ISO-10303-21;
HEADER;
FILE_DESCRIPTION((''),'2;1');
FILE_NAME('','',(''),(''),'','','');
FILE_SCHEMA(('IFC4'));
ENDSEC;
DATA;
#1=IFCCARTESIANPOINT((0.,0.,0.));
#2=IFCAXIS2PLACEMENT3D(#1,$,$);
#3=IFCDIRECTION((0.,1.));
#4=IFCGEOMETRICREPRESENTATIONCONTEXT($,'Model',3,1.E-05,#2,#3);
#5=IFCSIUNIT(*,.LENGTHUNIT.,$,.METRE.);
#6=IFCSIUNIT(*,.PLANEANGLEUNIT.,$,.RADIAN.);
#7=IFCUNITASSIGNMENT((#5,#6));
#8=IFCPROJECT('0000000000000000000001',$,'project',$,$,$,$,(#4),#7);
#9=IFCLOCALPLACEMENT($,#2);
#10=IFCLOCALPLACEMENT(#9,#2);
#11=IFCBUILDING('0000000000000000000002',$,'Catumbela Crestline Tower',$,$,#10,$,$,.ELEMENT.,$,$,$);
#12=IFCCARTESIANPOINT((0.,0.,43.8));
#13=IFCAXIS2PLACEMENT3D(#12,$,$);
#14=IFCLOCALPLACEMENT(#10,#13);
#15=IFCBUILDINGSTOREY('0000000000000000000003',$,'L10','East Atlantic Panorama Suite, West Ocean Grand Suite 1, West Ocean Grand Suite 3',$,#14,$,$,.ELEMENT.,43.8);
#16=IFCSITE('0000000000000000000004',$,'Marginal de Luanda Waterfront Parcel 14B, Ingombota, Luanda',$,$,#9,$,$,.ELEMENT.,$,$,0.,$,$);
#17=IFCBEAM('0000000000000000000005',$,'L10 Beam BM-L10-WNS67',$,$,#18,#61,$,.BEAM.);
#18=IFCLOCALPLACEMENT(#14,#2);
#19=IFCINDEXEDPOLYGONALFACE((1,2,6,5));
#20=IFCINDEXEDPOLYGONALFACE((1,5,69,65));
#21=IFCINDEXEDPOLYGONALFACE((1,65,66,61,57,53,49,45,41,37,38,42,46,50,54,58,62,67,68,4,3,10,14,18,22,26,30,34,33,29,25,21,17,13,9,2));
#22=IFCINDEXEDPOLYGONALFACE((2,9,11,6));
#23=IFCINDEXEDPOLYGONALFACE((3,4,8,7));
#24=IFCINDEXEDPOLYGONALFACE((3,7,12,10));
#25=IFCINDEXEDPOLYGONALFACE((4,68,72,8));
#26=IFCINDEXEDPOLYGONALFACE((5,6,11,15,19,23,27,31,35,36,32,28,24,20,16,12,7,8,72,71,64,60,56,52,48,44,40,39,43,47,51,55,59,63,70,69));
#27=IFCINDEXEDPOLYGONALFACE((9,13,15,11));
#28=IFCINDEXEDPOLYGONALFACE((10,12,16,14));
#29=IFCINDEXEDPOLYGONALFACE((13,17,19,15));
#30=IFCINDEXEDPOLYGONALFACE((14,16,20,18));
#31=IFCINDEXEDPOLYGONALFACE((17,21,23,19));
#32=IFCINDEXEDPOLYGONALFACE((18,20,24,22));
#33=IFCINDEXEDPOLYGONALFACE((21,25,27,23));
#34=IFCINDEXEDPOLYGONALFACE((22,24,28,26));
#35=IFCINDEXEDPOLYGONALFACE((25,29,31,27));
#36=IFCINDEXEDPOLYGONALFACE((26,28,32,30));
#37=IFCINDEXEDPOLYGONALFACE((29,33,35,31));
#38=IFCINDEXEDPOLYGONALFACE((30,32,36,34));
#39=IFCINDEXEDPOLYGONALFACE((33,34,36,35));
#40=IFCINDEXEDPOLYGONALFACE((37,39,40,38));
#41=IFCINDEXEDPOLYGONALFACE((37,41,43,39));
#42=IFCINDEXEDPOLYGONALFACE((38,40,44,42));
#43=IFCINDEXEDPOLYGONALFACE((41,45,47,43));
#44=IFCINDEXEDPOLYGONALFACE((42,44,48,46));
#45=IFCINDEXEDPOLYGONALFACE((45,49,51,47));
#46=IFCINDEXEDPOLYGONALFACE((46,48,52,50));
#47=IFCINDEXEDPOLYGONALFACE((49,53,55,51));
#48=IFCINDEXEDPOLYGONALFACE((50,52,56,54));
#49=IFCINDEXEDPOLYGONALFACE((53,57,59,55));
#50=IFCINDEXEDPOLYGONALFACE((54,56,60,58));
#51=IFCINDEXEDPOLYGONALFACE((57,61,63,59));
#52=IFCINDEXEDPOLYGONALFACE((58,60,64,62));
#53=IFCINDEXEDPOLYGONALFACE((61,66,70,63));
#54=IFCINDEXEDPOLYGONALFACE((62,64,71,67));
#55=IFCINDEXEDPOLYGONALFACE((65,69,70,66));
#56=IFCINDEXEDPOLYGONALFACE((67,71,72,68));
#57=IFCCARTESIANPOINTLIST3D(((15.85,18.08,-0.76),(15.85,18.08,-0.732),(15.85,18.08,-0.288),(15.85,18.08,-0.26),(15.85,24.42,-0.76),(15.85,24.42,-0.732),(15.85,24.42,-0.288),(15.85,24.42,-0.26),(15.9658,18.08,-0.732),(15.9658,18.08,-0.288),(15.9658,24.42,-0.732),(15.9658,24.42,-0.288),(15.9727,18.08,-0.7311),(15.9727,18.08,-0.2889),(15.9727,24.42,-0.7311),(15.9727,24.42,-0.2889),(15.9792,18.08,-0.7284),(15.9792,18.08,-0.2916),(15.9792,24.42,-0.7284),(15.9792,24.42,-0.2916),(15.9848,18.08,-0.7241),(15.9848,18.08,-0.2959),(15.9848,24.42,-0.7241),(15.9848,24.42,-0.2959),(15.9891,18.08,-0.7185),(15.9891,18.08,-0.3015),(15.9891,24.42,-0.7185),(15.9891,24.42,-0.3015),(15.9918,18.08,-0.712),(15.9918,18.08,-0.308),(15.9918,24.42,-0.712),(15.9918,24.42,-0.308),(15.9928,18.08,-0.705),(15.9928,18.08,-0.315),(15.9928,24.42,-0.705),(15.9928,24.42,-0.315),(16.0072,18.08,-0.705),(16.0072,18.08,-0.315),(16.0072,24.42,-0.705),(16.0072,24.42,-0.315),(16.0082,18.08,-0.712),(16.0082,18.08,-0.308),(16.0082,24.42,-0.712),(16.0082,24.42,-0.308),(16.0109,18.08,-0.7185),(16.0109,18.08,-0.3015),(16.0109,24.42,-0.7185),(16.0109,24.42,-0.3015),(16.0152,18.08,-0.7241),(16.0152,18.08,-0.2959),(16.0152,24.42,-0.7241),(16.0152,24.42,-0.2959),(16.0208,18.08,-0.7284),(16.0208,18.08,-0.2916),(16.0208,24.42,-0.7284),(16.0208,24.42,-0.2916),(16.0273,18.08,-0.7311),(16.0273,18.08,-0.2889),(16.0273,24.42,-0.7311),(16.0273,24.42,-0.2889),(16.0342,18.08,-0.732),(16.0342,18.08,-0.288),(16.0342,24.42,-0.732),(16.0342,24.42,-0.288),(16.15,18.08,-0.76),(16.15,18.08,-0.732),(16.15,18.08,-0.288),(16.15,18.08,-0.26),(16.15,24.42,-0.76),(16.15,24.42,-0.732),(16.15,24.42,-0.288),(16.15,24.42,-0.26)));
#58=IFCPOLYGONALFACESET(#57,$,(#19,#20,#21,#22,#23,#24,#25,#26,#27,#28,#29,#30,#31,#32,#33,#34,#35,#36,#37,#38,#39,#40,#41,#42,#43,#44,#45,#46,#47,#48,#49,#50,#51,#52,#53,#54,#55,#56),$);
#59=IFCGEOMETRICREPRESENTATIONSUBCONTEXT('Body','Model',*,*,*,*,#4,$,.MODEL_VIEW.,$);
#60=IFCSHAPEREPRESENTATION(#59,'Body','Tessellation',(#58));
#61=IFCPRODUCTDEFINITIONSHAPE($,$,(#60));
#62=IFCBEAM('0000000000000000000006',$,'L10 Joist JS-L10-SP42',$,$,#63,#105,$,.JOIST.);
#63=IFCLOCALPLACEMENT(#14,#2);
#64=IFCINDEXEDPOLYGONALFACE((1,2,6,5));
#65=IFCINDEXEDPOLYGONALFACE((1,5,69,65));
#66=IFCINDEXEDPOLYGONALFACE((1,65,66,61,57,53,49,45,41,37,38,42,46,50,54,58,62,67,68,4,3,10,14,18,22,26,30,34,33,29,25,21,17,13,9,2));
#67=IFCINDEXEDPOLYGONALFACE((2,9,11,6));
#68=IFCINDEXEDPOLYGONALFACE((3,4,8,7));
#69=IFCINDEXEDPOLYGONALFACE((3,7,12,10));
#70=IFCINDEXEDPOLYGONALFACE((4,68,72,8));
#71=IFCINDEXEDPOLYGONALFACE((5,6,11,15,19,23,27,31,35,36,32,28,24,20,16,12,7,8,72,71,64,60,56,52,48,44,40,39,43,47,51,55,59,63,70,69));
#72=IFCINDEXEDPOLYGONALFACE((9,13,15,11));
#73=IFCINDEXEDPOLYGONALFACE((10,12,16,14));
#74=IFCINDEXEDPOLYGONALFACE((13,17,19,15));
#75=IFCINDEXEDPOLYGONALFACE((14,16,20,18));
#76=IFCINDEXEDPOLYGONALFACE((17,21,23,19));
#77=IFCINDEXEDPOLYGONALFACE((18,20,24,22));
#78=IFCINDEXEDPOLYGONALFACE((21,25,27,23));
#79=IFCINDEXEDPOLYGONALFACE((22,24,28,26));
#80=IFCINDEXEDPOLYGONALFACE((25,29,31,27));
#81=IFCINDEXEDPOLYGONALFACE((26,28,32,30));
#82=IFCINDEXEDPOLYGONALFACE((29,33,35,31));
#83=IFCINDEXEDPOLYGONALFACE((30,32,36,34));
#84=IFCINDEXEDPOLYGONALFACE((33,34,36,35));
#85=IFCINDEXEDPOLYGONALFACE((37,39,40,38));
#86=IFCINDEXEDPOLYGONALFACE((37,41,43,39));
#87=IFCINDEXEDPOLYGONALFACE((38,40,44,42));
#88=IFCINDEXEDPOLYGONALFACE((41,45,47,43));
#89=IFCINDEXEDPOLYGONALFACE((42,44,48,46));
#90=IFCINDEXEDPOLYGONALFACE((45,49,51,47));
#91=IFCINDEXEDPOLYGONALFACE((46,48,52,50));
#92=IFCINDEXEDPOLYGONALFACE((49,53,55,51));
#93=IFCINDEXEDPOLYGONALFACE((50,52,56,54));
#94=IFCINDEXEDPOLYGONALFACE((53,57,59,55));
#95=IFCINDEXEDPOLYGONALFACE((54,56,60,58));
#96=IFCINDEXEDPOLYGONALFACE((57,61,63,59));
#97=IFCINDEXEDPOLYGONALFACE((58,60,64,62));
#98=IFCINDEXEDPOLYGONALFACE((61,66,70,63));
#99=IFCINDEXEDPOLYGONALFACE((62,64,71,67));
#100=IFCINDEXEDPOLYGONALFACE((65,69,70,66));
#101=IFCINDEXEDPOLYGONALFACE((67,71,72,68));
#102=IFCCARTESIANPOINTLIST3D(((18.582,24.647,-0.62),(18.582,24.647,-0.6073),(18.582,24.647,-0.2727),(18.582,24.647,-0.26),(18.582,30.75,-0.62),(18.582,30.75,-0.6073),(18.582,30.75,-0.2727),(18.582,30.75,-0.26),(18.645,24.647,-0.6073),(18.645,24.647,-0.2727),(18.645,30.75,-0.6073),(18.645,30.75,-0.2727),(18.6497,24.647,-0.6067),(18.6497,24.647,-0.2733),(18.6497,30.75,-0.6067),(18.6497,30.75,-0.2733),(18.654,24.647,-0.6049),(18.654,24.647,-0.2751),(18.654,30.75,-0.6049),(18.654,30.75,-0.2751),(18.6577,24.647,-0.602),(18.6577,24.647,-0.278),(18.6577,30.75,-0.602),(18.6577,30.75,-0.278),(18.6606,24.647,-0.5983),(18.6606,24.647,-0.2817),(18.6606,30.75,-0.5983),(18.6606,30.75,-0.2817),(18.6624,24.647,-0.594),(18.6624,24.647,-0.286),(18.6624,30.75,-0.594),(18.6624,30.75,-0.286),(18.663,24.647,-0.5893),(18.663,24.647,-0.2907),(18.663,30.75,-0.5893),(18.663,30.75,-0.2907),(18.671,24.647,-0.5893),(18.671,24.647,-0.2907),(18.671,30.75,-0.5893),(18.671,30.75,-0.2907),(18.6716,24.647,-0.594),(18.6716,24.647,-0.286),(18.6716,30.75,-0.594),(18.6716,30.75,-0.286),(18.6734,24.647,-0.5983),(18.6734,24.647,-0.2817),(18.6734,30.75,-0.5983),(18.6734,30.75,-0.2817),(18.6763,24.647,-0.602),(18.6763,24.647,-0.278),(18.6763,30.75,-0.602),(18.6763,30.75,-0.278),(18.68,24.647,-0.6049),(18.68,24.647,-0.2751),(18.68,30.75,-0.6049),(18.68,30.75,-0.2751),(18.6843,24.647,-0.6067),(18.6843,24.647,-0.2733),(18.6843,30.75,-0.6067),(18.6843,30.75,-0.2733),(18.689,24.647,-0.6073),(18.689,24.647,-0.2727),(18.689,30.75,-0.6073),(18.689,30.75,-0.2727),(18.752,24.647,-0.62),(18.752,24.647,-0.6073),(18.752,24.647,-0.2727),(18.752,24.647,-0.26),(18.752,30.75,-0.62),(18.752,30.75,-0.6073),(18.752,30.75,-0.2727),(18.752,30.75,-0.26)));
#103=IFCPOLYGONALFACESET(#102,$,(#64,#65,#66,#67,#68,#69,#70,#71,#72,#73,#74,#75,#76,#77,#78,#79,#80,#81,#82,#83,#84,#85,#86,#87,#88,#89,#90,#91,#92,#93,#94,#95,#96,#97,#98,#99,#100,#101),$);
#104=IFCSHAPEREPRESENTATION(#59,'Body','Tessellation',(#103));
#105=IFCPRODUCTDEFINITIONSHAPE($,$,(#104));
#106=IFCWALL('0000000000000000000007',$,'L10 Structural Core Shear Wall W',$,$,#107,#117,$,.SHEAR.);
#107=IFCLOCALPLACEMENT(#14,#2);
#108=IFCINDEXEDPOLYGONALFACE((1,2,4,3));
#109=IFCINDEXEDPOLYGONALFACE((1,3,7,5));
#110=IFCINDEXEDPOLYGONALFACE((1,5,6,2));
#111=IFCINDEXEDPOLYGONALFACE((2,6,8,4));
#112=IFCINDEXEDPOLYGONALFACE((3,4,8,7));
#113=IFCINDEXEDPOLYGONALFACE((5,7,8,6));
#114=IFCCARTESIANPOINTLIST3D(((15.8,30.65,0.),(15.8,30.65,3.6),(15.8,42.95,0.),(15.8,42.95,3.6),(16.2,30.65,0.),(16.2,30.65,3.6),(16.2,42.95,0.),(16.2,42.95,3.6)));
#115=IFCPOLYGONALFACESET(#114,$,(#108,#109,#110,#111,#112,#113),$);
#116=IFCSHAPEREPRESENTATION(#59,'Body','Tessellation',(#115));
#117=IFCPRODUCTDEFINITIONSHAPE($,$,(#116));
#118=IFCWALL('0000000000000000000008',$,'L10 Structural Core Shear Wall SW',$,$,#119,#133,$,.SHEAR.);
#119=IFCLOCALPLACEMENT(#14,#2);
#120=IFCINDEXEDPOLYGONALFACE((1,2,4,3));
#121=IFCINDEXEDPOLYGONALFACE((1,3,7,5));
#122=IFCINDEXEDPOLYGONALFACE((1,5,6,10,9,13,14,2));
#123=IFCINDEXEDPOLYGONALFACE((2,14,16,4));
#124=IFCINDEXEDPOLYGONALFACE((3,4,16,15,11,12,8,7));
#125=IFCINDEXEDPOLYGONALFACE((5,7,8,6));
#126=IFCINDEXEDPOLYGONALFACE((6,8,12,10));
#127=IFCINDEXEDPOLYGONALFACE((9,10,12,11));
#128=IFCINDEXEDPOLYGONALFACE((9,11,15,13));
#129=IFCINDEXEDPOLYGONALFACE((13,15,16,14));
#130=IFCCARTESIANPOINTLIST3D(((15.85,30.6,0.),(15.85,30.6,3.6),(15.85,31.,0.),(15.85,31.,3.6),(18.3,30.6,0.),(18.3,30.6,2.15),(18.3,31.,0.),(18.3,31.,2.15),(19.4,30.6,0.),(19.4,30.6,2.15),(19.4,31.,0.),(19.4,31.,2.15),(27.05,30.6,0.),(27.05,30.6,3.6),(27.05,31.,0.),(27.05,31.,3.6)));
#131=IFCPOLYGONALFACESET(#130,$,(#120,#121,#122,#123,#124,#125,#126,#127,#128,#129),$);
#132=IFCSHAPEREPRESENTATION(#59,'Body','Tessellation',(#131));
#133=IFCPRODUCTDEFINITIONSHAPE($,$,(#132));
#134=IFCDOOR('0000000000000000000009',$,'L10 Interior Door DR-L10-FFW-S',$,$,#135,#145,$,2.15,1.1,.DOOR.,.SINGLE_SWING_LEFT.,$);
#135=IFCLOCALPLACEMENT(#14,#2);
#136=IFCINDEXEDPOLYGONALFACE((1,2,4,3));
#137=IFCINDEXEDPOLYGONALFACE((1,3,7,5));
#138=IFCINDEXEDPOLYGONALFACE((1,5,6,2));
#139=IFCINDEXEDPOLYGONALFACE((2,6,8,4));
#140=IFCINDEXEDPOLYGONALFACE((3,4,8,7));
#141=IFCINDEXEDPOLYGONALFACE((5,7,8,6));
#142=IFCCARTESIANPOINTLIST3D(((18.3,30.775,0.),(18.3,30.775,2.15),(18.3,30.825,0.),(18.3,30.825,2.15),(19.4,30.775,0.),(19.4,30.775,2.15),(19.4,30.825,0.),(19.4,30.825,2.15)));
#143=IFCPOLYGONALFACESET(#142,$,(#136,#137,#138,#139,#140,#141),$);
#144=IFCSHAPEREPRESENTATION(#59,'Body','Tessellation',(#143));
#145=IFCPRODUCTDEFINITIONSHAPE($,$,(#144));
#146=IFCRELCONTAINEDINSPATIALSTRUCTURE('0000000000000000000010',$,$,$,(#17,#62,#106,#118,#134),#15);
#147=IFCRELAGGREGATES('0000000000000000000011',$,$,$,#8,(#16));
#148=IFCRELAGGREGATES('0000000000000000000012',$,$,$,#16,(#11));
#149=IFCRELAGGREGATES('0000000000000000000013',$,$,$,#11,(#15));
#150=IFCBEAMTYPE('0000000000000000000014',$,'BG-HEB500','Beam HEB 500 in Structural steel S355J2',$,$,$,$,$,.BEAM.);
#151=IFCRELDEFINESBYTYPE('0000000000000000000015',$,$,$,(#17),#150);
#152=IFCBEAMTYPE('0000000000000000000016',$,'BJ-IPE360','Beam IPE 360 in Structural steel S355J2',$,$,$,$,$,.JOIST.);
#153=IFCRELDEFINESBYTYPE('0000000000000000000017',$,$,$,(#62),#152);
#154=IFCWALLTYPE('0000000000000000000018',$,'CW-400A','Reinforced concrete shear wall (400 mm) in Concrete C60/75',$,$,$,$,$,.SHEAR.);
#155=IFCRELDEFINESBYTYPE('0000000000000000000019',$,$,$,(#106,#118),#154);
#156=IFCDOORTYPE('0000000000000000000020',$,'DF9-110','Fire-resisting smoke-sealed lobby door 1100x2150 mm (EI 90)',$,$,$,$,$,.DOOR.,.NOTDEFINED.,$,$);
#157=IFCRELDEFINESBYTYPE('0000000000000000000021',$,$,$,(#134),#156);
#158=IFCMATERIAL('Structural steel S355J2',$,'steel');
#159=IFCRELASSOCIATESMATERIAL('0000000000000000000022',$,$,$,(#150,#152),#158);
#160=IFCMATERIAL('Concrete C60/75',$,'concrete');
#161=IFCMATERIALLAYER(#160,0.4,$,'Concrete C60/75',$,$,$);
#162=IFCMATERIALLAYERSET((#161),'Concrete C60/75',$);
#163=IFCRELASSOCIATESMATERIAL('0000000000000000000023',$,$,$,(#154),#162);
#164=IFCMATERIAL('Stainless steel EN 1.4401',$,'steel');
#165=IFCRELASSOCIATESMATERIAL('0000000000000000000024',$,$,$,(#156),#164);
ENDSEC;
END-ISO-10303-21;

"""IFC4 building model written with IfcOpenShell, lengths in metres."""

from ifc_helpers import new_model, si_unit, direction, frame, frame_2d, origin, origin_2d, place, context, subcontext, project, spatial, rectangle, i_section, extrude, material, layer, layer_set, material_profile, profile_set, type_object, element, fill, save


model = new_model("IFC4")

# Units and contexts
model_context = context("Model", 3, precision=1e-05, world=origin(), true_north=direction((0.0, 1.0)))
body_context = subcontext(model_context, "Body", "Model", "MODEL_VIEW")
ifc_project = project(units=[si_unit("LENGTHUNIT", "METRE"), si_unit("PLANEANGLEUNIT", "RADIAN")], contexts=[model_context])

# Site, building, storey
site_placement = place(None, origin())
site = spatial("IfcSite", under=ifc_project, at=site_placement, Name="Marginal de Luanda Waterfront Parcel 14B, Ingombota, Luanda", CompositionType="ELEMENT", RefElevation=0.0)
building_placement = place(site_placement, origin())
building = spatial("IfcBuilding", under=site, at=building_placement, Name="Catumbela Crestline Tower", CompositionType="ELEMENT")
storey_placement = place(building_placement, frame((0.0, 0.0, 43.8)))
storey = spatial("IfcBuildingStorey", under=building, at=storey_placement, Name="L10", Description="East Atlantic Panorama Suite, West Ocean Grand Suite 1, West Ocean Grand Suite 3", CompositionType="ELEMENT", Elevation=43.8)

# Shared definitions
ifc_material_1 = material(Name="Concrete C60/75", Category="concrete")

# Beams
ifc_material_2 = material(Name="Structural steel S355J2", Category="steel")
ifc_material_profile_1 = material_profile(ifc_material_2, i_section(OverallWidth=0.3, OverallDepth=0.5, WebThickness=0.0145, FlangeThickness=0.028, FilletRadius=0.027, at=origin_2d()), Name="HEB 500")
ifc_profile_set_1 = profile_set([ifc_material_profile_1], Name="Structural steel S355J2")
beam_type_1 = type_object("IfcBeamType", Name="BG-HEB500", Description="Beam HEB 500 in Structural steel S355J2", PredefinedType="BEAM", material=ifc_profile_set_1)
beam_1_placement = place(storey_placement, frame((16.0, 18.08, -0.51), z_axis=(0.0, 1.0, 0.0), x_axis=(-1.0, 0.0, 0.0)))
element("IfcBeam", 1, at=beam_1_placement, inside=storey, type_object=beam_type_1, Name="L10 Beam BM-L10-WNS67", PredefinedType="BEAM", context=body_context, shape_type="SweptSolid", body=[
    extrude(i_section(OverallWidth=0.3, OverallDepth=0.5, WebThickness=0.0145, FlangeThickness=0.028, FilletRadius=0.027, at=origin_2d()), origin(), (0.0, 0.0, 1.0), 6.34),
])
ifc_material_profile_2 = material_profile(ifc_material_2, i_section(OverallWidth=0.17, OverallDepth=0.36, WebThickness=0.008, FlangeThickness=0.0127, FilletRadius=0.018, at=origin_2d()), Name="IPE 360")
ifc_profile_set_2 = profile_set([ifc_material_profile_2], Name="Structural steel S355J2")
beam_type_2 = type_object("IfcBeamType", Name="BJ-IPE360", Description="Beam IPE 360 in Structural steel S355J2", PredefinedType="JOIST", material=ifc_profile_set_2)
beam_2_placement = place(storey_placement, frame((18.667, 24.647, -0.44), z_axis=(0.0, 1.0, 0.0), x_axis=(-1.0, 0.0, 0.0)))
element("IfcBeam", 2, at=beam_2_placement, inside=storey, type_object=beam_type_2, Name="L10 Joist JS-L10-SP42", PredefinedType="JOIST", context=body_context, shape_type="SweptSolid", body=[
    extrude(i_section(OverallWidth=0.17, OverallDepth=0.36, WebThickness=0.008, FlangeThickness=0.0127, FilletRadius=0.018, at=origin_2d()), origin(), (0.0, 0.0, 1.0), 6.103),
])

# Wall
ifc_layer_1 = layer(ifc_material_1, 0.4, Name="Concrete C60/75")
ifc_layer_set_1 = layer_set([ifc_layer_1], Name="Concrete C60/75")
wall_type_1 = type_object("IfcWallType", Name="CW-400A", Description="Reinforced concrete shear wall (400 mm) in Concrete C60/75", PredefinedType="SHEAR", material=ifc_layer_set_1)
wall_1_placement = place(storey_placement, frame((16.0, 30.65, 0.0), z_axis=(0.0, 0.0, 1.0), x_axis=(0.0, 1.0, 0.0)))
element("IfcWall", 3, at=wall_1_placement, inside=storey, type_object=wall_type_1, Name="L10 Structural Core Shear Wall W", PredefinedType="SHEAR", context=body_context, shape_type="SweptSolid", body=[
    extrude(rectangle(XDim=12.3, YDim=0.4, at=frame_2d((6.15, 0.0))), origin(), (0.0, 0.0, 1.0), 3.6),
])

# Wall, opening, door
wall_2_placement = place(storey_placement, frame((15.85, 30.8, 0.0), z_axis=(0.0, 0.0, 1.0), x_axis=(1.0, 0.0, 0.0)))
wall_2 = element("IfcWall", 4, at=wall_2_placement, inside=storey, type_object=wall_type_1, Name="L10 Structural Core Shear Wall SW", PredefinedType="SHEAR", context=body_context, shape_type="SweptSolid", body=[
    extrude(rectangle(XDim=11.2, YDim=0.4, at=frame_2d((5.6, 0.0))), origin(), (0.0, 0.0, 1.0), 3.6),
])
opening_1_placement = place(wall_2_placement, frame((2.45, 0.0, 0.0)))
opening_1 = element("IfcOpeningElement", 5, at=opening_1_placement, cuts=wall_2, PredefinedType="OPENING", context=body_context, shape_type="SweptSolid", body=[
    extrude(rectangle(XDim=1.1, YDim=2.15, at=frame_2d((0.55, 1.075))), frame((0.0, 0.21, 0.0), z_axis=(0.0, -1.0, 0.0), x_axis=(1.0, 0.0, 0.0)), (0.0, 0.0, 1.0), 0.42),
])
ifc_material_3 = material(Name="Stainless steel EN 1.4401", Category="steel")
door_type_1 = type_object("IfcDoorType", Name="DF9-110", Description="Fire-resisting smoke-sealed lobby door 1100x2150 mm (EI 90)", OperationType="NOTDEFINED", PredefinedType="DOOR", material=ifc_material_3)
door_1_placement = place(opening_1_placement, origin())
door_1 = element("IfcDoor", 6, at=door_1_placement, inside=storey, type_object=door_type_1, Name="L10 Interior Door DR-L10-FFW-S", OperationType="SINGLE_SWING_LEFT", OverallHeight=2.15, OverallWidth=1.1, PredefinedType="DOOR", context=body_context, shape_type="SweptSolid", body=[
    extrude(rectangle(XDim=1.1, YDim=2.15, at=frame_2d((0.55, 1.075))), frame((0.0, 0.025, 0.0), z_axis=(0.0, -1.0, 0.0), x_axis=(1.0, 0.0, 0.0)), (0.0, 0.0, 1.0), 0.05),
])
fill(opening_1, door_1)

save(model, "model.ifc")
